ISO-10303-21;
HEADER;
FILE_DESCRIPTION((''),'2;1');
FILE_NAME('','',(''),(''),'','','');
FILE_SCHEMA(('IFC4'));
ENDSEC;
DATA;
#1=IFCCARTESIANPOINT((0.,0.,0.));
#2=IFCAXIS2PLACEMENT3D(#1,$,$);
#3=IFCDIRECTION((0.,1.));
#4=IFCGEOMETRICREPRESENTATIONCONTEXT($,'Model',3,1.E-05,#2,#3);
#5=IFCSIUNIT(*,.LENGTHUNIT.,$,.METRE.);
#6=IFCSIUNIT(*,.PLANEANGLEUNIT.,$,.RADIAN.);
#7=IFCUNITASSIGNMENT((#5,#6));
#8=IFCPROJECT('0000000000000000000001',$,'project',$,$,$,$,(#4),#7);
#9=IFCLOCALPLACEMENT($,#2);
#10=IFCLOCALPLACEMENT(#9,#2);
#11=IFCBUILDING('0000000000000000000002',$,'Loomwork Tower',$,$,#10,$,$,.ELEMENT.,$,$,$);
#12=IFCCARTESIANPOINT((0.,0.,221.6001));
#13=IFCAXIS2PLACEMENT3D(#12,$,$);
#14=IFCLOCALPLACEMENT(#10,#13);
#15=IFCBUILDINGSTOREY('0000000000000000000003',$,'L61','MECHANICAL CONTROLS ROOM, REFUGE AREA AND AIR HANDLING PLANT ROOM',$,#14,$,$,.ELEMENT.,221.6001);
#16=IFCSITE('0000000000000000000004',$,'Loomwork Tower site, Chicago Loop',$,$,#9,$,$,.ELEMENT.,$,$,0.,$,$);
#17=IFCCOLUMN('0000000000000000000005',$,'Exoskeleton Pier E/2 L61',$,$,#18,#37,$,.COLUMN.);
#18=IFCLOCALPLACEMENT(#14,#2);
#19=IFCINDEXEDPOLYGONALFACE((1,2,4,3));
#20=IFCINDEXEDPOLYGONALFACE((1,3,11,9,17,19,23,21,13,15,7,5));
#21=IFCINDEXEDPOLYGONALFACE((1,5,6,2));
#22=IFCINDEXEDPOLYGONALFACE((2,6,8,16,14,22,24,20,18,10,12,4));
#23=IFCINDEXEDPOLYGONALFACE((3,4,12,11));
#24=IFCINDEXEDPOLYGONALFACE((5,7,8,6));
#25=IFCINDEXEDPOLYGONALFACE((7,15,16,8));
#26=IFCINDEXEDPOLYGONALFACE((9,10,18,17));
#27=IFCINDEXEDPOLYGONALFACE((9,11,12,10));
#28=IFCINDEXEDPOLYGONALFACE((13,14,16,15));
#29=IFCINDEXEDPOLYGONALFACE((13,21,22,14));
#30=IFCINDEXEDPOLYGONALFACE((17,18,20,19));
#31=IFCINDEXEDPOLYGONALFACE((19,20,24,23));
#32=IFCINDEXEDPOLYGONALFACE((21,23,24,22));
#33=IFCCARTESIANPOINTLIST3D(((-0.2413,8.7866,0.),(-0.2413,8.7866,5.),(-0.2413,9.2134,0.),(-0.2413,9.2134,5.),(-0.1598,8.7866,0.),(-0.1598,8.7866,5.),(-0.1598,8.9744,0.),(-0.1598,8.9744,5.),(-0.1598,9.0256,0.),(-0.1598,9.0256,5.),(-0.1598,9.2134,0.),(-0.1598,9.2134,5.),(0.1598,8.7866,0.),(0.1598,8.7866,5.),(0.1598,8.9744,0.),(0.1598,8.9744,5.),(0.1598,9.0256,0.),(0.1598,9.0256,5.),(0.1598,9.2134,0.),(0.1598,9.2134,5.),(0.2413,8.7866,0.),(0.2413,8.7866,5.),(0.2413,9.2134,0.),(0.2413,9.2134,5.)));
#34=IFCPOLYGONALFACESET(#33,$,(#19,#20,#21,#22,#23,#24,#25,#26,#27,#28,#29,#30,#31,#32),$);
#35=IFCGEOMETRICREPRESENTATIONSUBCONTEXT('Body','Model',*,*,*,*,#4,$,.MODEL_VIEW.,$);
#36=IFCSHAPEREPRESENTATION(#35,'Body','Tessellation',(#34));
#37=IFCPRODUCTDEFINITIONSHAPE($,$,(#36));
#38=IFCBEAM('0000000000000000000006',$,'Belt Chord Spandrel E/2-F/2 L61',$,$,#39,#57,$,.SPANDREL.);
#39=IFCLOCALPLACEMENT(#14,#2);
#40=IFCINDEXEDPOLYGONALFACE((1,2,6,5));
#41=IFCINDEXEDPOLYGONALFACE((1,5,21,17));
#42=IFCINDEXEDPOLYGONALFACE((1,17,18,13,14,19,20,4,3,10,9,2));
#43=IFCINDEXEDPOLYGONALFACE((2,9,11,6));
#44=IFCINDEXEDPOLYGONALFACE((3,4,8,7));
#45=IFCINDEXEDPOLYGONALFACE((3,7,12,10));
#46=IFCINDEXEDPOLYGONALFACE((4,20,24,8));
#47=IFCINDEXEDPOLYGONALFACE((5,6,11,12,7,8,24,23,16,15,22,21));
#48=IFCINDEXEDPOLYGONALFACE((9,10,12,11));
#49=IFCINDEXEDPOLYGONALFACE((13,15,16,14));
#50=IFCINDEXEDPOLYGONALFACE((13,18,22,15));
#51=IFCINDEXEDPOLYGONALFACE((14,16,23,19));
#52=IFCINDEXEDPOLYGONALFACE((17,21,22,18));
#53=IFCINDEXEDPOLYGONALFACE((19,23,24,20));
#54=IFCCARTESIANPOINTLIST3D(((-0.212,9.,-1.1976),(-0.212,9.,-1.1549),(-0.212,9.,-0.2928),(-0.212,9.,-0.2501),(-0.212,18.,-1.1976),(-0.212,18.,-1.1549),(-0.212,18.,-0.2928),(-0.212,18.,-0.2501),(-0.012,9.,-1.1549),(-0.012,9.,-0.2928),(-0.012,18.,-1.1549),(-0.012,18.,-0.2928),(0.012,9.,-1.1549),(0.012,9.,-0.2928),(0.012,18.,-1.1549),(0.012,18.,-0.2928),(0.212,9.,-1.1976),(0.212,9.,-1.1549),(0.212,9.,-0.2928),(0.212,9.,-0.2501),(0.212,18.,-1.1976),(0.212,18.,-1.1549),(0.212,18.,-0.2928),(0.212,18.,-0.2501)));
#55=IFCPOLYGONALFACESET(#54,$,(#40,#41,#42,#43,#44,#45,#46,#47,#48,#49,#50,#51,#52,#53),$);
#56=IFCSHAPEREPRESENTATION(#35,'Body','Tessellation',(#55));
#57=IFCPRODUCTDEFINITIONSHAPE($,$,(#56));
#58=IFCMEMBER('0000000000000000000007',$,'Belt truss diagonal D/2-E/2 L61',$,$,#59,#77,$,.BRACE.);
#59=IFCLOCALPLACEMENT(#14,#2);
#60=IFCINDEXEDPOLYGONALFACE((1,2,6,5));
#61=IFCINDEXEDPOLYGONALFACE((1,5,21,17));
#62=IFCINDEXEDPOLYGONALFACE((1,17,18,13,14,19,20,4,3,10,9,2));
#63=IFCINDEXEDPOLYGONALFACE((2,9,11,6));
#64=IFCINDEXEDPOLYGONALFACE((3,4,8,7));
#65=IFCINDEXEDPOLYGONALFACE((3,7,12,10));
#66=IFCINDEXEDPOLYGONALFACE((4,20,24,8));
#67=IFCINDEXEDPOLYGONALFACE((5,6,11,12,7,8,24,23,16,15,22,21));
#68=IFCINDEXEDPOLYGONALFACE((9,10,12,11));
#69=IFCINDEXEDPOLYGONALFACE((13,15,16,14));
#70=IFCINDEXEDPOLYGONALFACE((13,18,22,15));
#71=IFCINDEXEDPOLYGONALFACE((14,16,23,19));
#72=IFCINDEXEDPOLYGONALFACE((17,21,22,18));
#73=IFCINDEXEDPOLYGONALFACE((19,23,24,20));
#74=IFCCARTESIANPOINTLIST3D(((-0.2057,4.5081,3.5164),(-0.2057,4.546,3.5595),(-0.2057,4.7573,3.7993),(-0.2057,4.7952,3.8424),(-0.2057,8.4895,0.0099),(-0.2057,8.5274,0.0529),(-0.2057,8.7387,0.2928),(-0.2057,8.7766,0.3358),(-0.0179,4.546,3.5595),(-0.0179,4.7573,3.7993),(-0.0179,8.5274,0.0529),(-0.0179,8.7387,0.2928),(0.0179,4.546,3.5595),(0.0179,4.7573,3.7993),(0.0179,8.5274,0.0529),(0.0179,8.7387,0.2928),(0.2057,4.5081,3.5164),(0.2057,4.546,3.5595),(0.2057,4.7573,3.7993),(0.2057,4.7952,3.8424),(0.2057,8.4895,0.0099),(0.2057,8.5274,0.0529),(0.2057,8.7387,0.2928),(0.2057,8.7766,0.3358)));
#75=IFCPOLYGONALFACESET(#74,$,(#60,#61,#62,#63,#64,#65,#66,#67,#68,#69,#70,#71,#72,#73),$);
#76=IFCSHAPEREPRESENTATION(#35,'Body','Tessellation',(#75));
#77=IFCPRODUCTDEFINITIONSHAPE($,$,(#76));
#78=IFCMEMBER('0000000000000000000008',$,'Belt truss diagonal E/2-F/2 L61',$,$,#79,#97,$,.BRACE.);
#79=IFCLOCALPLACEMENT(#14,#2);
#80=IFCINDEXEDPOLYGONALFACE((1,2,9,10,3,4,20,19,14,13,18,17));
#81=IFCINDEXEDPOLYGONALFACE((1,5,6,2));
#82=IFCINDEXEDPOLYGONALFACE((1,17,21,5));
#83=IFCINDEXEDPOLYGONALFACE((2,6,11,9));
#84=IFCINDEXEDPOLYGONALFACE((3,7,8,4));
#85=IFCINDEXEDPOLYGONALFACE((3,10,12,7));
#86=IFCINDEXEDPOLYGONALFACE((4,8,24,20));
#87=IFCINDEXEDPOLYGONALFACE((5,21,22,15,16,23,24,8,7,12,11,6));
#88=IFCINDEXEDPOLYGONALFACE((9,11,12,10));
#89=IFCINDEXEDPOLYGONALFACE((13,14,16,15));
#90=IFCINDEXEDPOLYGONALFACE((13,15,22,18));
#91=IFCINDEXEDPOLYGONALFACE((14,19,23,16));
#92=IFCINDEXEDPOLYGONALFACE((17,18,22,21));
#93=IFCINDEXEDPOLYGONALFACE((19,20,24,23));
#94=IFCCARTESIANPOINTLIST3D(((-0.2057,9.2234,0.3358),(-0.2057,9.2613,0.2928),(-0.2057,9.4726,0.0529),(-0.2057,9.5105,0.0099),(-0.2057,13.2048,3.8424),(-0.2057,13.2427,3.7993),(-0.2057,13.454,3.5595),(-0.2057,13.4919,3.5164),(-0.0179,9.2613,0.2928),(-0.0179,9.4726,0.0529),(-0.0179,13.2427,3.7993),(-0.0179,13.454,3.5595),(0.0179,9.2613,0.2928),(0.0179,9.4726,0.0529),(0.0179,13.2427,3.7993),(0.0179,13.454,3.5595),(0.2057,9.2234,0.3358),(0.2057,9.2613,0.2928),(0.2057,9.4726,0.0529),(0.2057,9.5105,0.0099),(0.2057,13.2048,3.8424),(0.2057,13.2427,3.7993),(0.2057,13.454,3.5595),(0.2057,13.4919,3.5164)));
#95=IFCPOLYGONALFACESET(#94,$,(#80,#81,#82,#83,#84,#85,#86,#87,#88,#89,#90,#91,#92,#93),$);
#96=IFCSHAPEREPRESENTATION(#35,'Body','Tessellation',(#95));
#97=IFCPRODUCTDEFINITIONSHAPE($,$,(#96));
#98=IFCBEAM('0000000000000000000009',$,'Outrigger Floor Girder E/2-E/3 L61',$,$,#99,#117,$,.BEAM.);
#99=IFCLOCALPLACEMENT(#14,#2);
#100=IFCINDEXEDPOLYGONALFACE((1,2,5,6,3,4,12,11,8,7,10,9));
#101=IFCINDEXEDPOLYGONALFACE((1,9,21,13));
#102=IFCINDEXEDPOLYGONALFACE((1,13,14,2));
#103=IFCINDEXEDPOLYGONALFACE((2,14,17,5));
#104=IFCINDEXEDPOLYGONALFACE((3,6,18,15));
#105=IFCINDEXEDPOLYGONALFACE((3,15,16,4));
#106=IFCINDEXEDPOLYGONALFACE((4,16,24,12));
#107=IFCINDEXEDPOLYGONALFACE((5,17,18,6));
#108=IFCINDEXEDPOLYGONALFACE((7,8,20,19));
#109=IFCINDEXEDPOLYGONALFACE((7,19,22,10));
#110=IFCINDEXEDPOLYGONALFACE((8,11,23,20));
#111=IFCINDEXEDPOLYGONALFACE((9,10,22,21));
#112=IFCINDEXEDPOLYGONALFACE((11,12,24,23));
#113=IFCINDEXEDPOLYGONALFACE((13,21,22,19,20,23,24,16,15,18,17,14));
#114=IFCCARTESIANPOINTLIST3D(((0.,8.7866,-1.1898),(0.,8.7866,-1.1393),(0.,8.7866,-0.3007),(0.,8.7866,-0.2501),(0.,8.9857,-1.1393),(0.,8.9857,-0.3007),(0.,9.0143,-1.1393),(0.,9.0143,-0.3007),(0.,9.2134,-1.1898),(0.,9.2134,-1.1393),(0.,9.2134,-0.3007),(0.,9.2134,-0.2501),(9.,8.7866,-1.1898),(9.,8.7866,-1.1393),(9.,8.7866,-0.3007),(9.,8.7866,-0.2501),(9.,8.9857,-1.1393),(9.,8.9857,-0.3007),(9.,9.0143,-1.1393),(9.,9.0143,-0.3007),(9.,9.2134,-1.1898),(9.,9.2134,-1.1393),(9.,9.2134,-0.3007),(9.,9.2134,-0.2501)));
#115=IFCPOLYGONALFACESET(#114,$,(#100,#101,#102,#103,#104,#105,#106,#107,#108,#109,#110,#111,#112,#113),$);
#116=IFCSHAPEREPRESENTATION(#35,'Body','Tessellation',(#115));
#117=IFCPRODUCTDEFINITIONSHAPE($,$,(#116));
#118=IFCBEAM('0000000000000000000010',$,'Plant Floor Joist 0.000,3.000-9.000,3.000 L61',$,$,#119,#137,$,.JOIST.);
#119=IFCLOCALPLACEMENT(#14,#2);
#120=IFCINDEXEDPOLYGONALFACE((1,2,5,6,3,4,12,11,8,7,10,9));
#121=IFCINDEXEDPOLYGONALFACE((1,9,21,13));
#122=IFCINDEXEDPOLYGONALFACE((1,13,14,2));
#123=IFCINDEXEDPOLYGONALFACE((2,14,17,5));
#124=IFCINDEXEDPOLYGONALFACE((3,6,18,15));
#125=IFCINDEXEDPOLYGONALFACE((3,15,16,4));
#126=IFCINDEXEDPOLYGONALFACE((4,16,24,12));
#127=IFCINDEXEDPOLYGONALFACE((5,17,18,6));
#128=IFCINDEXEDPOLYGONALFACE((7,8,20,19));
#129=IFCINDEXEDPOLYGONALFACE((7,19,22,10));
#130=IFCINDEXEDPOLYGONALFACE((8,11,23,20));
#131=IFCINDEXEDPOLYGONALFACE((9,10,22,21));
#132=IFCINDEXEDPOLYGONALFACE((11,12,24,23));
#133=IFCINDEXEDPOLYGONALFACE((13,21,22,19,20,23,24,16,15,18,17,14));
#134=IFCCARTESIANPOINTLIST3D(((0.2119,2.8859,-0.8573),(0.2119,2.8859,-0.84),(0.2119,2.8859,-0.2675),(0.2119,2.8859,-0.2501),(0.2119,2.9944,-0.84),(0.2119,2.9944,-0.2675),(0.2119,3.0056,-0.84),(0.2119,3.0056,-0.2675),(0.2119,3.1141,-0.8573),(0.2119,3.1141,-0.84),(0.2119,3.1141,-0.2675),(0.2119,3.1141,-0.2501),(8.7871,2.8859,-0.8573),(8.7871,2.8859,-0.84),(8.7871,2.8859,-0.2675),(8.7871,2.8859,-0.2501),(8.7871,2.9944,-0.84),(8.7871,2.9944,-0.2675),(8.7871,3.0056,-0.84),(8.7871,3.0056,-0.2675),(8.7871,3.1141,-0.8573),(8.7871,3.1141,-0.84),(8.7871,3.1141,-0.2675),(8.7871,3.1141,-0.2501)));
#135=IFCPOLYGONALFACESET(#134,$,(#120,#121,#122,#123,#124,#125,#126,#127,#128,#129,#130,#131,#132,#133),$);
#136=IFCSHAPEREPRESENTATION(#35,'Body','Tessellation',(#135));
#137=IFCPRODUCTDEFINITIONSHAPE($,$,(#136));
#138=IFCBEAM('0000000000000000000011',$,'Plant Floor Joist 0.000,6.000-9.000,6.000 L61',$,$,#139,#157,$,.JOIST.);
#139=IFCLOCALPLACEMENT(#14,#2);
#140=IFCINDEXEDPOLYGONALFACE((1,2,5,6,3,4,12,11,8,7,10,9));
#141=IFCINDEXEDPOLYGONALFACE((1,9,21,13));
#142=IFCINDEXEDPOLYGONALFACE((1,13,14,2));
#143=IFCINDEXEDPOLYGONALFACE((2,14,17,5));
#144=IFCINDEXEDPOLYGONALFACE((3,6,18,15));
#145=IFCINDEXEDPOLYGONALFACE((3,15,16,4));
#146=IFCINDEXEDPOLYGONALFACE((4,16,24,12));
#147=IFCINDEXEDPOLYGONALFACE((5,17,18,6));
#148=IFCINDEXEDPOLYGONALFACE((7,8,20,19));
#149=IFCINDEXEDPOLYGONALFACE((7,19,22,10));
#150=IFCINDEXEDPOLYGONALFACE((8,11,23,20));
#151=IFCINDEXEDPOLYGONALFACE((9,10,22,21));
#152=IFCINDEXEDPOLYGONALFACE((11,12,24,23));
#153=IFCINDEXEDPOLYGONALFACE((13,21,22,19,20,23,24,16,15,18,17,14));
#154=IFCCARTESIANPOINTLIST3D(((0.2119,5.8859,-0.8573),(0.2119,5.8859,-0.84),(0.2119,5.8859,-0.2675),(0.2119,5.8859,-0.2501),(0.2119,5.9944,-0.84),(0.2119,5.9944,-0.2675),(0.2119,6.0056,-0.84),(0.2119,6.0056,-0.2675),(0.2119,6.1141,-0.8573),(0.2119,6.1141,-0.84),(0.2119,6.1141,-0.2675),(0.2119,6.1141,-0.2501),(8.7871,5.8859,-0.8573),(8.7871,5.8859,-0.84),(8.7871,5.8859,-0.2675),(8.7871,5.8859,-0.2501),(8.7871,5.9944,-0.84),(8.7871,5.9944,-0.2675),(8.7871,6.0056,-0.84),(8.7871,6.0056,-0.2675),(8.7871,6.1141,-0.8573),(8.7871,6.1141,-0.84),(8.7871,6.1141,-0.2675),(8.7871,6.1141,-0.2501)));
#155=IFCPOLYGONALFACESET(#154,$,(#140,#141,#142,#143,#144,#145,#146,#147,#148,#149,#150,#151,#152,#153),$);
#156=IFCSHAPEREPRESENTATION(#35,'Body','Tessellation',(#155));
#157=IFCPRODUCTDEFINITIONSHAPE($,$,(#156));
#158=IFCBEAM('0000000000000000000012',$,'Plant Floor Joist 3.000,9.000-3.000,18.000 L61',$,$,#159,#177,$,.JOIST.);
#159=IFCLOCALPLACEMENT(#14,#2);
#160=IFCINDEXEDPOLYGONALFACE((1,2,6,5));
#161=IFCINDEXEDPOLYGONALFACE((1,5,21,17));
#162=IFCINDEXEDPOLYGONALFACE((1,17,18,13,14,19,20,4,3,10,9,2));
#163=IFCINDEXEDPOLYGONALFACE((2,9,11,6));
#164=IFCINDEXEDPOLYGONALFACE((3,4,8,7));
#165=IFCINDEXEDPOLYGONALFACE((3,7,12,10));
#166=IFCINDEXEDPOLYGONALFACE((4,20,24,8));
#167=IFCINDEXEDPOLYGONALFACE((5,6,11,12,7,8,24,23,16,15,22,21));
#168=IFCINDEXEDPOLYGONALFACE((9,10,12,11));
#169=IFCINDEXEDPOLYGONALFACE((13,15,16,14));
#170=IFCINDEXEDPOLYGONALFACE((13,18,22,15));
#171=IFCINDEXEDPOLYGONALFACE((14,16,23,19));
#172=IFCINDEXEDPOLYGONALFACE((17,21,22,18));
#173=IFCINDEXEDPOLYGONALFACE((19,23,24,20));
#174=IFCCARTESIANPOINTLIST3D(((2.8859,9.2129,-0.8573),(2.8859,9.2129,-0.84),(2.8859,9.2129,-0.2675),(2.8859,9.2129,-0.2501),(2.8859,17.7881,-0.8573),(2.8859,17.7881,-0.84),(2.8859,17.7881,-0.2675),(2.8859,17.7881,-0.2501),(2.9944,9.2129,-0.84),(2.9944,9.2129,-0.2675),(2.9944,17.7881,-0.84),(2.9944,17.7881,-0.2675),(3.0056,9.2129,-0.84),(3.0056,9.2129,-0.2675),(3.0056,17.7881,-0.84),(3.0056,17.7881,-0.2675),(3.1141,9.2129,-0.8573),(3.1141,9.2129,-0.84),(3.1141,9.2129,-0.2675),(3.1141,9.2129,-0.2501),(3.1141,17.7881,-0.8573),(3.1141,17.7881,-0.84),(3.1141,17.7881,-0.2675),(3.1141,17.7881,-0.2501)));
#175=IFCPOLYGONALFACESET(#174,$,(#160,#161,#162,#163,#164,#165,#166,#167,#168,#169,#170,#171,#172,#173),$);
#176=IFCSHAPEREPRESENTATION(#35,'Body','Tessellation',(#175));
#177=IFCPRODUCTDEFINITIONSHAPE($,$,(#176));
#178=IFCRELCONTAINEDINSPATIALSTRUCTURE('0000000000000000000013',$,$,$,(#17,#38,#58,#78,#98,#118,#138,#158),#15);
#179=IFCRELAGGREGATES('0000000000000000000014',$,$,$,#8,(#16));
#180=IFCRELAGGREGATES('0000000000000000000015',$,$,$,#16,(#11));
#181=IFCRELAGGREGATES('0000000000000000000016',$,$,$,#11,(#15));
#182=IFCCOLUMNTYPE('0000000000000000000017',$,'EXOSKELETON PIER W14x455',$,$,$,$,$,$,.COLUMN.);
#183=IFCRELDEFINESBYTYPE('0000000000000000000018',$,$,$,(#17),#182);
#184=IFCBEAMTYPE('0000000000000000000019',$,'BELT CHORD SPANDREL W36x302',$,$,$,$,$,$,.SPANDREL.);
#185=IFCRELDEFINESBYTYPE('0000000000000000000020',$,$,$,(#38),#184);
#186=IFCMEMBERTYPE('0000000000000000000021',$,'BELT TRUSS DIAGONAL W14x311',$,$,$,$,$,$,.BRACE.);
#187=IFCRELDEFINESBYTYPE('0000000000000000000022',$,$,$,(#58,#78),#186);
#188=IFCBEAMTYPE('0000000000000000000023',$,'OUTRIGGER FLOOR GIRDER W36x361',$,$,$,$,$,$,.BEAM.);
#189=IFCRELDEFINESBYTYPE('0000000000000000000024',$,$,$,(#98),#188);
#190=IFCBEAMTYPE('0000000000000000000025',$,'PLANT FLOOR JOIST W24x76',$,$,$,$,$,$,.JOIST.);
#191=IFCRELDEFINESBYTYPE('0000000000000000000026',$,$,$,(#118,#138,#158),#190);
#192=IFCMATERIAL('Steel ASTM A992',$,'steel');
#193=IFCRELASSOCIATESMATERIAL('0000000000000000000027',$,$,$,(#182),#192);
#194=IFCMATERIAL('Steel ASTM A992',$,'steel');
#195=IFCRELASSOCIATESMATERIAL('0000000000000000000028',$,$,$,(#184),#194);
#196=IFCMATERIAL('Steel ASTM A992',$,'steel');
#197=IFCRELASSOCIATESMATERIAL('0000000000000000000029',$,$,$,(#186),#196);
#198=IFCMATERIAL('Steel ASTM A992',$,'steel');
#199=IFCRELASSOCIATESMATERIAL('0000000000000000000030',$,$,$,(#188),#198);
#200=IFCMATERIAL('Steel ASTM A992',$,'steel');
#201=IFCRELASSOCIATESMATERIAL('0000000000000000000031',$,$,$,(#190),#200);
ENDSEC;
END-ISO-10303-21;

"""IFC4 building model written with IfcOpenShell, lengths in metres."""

from ifc_helpers import new_model, si_unit, direction, frame, origin, origin_2d, place, context, subcontext, project, spatial, i_section, extrude, material, material_profile, profile_set, type_object, element, save


model = new_model("IFC4")

# Units and contexts
model_context = context("Model", 3, precision=1e-05, world=origin(), true_north=direction((0.0, 1.0)))
body_context = subcontext(model_context, "Body", "Model", "MODEL_VIEW")
ifc_project = project(units=[si_unit("LENGTHUNIT", "METRE"), si_unit("PLANEANGLEUNIT", "RADIAN")], contexts=[model_context])

# Site, building, storey
site_placement = place(None, origin())
site = spatial("IfcSite", under=ifc_project, at=site_placement, Name="Loomwork Tower site, Chicago Loop", CompositionType="ELEMENT", RefElevation=0.0)
building_placement = place(site_placement, origin())
building = spatial("IfcBuilding", under=site, at=building_placement, Name="Loomwork Tower", CompositionType="ELEMENT")
storey_placement = place(building_placement, frame((0.0, 0.0, 221.6001)))
storey = spatial("IfcBuildingStorey", under=building, at=storey_placement, Name="L61", Description="MECHANICAL CONTROLS ROOM, REFUGE AREA AND AIR HANDLING PLANT ROOM", CompositionType="ELEMENT", Elevation=221.6001)

# Column
ifc_material_1 = material(Name="Steel ASTM A992", Category="steel")
ifc_material_profile_1 = material_profile(ifc_material_1, i_section(OverallWidth=0.4268, OverallDepth=0.4827, WebThickness=0.0513, FlangeThickness=0.0815, at=origin_2d()), Name="W14x455")
ifc_profile_set_1 = profile_set([ifc_material_profile_1], Name="Steel ASTM A992")
column_type = type_object("IfcColumnType", Name="EXOSKELETON PIER W14x455", PredefinedType="COLUMN", material=ifc_profile_set_1)
column_placement = place(storey_placement, frame((0.0, 9.0, 0.0), z_axis=(0.0, 0.0, 1.0), x_axis=(0.0, 1.0, 0.0)))
element("IfcColumn", 1, at=column_placement, inside=storey, type_object=column_type, Name="Exoskeleton Pier E/2 L61", PredefinedType="COLUMN", context=body_context, shape_type="SweptSolid", body=[
    extrude(i_section(OverallWidth=0.4268, OverallDepth=0.4827, WebThickness=0.0513, FlangeThickness=0.0815, at=origin_2d()), origin(), (0.0, 0.0, 1.0), 5.0),
])

# Beam
ifc_material_2 = material(Name="Steel ASTM A992", Category="steel")
ifc_material_profile_2 = material_profile(ifc_material_2, i_section(OverallWidth=0.4241, OverallDepth=0.9475, WebThickness=0.0239, FlangeThickness=0.0427, at=origin_2d()), Name="W36x302")
ifc_profile_set_2 = profile_set([ifc_material_profile_2], Name="Steel ASTM A992")
beam_type_1 = type_object("IfcBeamType", Name="BELT CHORD SPANDREL W36x302", PredefinedType="SPANDREL", material=ifc_profile_set_2)
beam_1_placement = place(storey_placement, frame((0.0, 9.0, -0.7239), z_axis=(0.0, 1.0, 0.0), x_axis=(-1.0, 0.0, 0.0)))
element("IfcBeam", 2, at=beam_1_placement, inside=storey, type_object=beam_type_1, Name="Belt Chord Spandrel E/2-F/2 L61", PredefinedType="SPANDREL", context=body_context, shape_type="SweptSolid", body=[
    extrude(i_section(OverallWidth=0.4241, OverallDepth=0.9475, WebThickness=0.0239, FlangeThickness=0.0427, at=origin_2d()), origin(), (0.0, 0.0, 1.0), 9.0),
])

# Members
ifc_material_3 = material(Name="Steel ASTM A992", Category="steel")
ifc_material_profile_3 = material_profile(ifc_material_3, i_section(OverallWidth=0.4114, OverallDepth=0.4343, WebThickness=0.0359, FlangeThickness=0.0574, at=origin_2d()), Name="W14x311")
ifc_profile_set_3 = profile_set([ifc_material_profile_3], Name="Steel ASTM A992")
member_type_1 = type_object("IfcMemberType", Name="BELT TRUSS DIAGONAL W14x311", PredefinedType="BRACE", material=ifc_profile_set_3)
for number, where, z_axis, x_axis, name in (
    (3, (0.0, 8.6331, 0.1729), (0.0, -0.750441, 0.660938), (1.0, 0.0, 0.0), "Belt truss diagonal D/2-E/2 L61"),
    (4, (0.0, 9.3669, 0.1729), (0.0, 0.750441, 0.660938), (-1.0, 0.0, 0.0), "Belt truss diagonal E/2-F/2 L61"),
):
    element("IfcMember", number, at=place(storey_placement, frame(where, z_axis=z_axis, x_axis=x_axis)), inside=storey, type_object=member_type_1, Name=name, PredefinedType="BRACE", context=body_context, shape_type="SweptSolid", body=[
        extrude(i_section(OverallWidth=0.4114, OverallDepth=0.4343, WebThickness=0.0359, FlangeThickness=0.0574, at=origin_2d()), origin(), (0.0, 0.0, 1.0), 5.3054),
    ])

# Beams
ifc_material_4 = material(Name="Steel ASTM A992", Category="steel")
ifc_material_profile_4 = material_profile(ifc_material_4, i_section(OverallWidth=0.4268, OverallDepth=0.9397, WebThickness=0.0286, FlangeThickness=0.0505, at=origin_2d()), Name="W36x361")
ifc_profile_set_4 = profile_set([ifc_material_profile_4], Name="Steel ASTM A992")
beam_type_2 = type_object("IfcBeamType", Name="OUTRIGGER FLOOR GIRDER W36x361", PredefinedType="BEAM", material=ifc_profile_set_4)
beam_2_placement = place(storey_placement, frame((0.0, 9.0, -0.72), z_axis=(1.0, 0.0, 0.0), x_axis=(0.0, 1.0, 0.0)))
element("IfcBeam", 5, at=beam_2_placement, inside=storey, type_object=beam_type_2, Name="Outrigger Floor Girder E/2-E/3 L61", PredefinedType="BEAM", context=body_context, shape_type="SweptSolid", body=[
    extrude(i_section(OverallWidth=0.4268, OverallDepth=0.9397, WebThickness=0.0286, FlangeThickness=0.0505, at=origin_2d()), origin(), (0.0, 0.0, 1.0), 9.0),
])
ifc_material_5 = material(Name="Steel ASTM A992", Category="steel")
ifc_material_profile_5 = material_profile(ifc_material_5, i_section(OverallWidth=0.2283, OverallDepth=0.6072, WebThickness=0.0112, FlangeThickness=0.0173, at=origin_2d()), Name="W24x76")
ifc_profile_set_5 = profile_set([ifc_material_profile_5], Name="Steel ASTM A992")
beam_type_3 = type_object("IfcBeamType", Name="PLANT FLOOR JOIST W24x76", PredefinedType="JOIST", material=ifc_profile_set_5)
for number, where, z_axis, x_axis, name in (
    (6, (0.2119, 3.0, -0.5537), (1.0, 0.0, 0.0), (0.0, 1.0, 0.0), "Plant Floor Joist 0.000,3.000-9.000,3.000 L61"),
    (7, (0.2119, 6.0, -0.5537), (1.0, 0.0, 0.0), (0.0, 1.0, 0.0), "Plant Floor Joist 0.000,6.000-9.000,6.000 L61"),
    (8, (3.0, 9.2129, -0.5537), (0.0, 1.0, 0.0), (-1.0, 0.0, 0.0), "Plant Floor Joist 3.000,9.000-3.000,18.000 L61"),
):
    element("IfcBeam", number, at=place(storey_placement, frame(where, z_axis=z_axis, x_axis=x_axis)), inside=storey, type_object=beam_type_3, Name=name, PredefinedType="JOIST", context=body_context, shape_type="SweptSolid", body=[
        extrude(i_section(OverallWidth=0.2283, OverallDepth=0.6072, WebThickness=0.0112, FlangeThickness=0.0173, at=origin_2d()), origin(), (0.0, 0.0, 1.0), 8.5752),
    ])

save(model, "model.ifc")
